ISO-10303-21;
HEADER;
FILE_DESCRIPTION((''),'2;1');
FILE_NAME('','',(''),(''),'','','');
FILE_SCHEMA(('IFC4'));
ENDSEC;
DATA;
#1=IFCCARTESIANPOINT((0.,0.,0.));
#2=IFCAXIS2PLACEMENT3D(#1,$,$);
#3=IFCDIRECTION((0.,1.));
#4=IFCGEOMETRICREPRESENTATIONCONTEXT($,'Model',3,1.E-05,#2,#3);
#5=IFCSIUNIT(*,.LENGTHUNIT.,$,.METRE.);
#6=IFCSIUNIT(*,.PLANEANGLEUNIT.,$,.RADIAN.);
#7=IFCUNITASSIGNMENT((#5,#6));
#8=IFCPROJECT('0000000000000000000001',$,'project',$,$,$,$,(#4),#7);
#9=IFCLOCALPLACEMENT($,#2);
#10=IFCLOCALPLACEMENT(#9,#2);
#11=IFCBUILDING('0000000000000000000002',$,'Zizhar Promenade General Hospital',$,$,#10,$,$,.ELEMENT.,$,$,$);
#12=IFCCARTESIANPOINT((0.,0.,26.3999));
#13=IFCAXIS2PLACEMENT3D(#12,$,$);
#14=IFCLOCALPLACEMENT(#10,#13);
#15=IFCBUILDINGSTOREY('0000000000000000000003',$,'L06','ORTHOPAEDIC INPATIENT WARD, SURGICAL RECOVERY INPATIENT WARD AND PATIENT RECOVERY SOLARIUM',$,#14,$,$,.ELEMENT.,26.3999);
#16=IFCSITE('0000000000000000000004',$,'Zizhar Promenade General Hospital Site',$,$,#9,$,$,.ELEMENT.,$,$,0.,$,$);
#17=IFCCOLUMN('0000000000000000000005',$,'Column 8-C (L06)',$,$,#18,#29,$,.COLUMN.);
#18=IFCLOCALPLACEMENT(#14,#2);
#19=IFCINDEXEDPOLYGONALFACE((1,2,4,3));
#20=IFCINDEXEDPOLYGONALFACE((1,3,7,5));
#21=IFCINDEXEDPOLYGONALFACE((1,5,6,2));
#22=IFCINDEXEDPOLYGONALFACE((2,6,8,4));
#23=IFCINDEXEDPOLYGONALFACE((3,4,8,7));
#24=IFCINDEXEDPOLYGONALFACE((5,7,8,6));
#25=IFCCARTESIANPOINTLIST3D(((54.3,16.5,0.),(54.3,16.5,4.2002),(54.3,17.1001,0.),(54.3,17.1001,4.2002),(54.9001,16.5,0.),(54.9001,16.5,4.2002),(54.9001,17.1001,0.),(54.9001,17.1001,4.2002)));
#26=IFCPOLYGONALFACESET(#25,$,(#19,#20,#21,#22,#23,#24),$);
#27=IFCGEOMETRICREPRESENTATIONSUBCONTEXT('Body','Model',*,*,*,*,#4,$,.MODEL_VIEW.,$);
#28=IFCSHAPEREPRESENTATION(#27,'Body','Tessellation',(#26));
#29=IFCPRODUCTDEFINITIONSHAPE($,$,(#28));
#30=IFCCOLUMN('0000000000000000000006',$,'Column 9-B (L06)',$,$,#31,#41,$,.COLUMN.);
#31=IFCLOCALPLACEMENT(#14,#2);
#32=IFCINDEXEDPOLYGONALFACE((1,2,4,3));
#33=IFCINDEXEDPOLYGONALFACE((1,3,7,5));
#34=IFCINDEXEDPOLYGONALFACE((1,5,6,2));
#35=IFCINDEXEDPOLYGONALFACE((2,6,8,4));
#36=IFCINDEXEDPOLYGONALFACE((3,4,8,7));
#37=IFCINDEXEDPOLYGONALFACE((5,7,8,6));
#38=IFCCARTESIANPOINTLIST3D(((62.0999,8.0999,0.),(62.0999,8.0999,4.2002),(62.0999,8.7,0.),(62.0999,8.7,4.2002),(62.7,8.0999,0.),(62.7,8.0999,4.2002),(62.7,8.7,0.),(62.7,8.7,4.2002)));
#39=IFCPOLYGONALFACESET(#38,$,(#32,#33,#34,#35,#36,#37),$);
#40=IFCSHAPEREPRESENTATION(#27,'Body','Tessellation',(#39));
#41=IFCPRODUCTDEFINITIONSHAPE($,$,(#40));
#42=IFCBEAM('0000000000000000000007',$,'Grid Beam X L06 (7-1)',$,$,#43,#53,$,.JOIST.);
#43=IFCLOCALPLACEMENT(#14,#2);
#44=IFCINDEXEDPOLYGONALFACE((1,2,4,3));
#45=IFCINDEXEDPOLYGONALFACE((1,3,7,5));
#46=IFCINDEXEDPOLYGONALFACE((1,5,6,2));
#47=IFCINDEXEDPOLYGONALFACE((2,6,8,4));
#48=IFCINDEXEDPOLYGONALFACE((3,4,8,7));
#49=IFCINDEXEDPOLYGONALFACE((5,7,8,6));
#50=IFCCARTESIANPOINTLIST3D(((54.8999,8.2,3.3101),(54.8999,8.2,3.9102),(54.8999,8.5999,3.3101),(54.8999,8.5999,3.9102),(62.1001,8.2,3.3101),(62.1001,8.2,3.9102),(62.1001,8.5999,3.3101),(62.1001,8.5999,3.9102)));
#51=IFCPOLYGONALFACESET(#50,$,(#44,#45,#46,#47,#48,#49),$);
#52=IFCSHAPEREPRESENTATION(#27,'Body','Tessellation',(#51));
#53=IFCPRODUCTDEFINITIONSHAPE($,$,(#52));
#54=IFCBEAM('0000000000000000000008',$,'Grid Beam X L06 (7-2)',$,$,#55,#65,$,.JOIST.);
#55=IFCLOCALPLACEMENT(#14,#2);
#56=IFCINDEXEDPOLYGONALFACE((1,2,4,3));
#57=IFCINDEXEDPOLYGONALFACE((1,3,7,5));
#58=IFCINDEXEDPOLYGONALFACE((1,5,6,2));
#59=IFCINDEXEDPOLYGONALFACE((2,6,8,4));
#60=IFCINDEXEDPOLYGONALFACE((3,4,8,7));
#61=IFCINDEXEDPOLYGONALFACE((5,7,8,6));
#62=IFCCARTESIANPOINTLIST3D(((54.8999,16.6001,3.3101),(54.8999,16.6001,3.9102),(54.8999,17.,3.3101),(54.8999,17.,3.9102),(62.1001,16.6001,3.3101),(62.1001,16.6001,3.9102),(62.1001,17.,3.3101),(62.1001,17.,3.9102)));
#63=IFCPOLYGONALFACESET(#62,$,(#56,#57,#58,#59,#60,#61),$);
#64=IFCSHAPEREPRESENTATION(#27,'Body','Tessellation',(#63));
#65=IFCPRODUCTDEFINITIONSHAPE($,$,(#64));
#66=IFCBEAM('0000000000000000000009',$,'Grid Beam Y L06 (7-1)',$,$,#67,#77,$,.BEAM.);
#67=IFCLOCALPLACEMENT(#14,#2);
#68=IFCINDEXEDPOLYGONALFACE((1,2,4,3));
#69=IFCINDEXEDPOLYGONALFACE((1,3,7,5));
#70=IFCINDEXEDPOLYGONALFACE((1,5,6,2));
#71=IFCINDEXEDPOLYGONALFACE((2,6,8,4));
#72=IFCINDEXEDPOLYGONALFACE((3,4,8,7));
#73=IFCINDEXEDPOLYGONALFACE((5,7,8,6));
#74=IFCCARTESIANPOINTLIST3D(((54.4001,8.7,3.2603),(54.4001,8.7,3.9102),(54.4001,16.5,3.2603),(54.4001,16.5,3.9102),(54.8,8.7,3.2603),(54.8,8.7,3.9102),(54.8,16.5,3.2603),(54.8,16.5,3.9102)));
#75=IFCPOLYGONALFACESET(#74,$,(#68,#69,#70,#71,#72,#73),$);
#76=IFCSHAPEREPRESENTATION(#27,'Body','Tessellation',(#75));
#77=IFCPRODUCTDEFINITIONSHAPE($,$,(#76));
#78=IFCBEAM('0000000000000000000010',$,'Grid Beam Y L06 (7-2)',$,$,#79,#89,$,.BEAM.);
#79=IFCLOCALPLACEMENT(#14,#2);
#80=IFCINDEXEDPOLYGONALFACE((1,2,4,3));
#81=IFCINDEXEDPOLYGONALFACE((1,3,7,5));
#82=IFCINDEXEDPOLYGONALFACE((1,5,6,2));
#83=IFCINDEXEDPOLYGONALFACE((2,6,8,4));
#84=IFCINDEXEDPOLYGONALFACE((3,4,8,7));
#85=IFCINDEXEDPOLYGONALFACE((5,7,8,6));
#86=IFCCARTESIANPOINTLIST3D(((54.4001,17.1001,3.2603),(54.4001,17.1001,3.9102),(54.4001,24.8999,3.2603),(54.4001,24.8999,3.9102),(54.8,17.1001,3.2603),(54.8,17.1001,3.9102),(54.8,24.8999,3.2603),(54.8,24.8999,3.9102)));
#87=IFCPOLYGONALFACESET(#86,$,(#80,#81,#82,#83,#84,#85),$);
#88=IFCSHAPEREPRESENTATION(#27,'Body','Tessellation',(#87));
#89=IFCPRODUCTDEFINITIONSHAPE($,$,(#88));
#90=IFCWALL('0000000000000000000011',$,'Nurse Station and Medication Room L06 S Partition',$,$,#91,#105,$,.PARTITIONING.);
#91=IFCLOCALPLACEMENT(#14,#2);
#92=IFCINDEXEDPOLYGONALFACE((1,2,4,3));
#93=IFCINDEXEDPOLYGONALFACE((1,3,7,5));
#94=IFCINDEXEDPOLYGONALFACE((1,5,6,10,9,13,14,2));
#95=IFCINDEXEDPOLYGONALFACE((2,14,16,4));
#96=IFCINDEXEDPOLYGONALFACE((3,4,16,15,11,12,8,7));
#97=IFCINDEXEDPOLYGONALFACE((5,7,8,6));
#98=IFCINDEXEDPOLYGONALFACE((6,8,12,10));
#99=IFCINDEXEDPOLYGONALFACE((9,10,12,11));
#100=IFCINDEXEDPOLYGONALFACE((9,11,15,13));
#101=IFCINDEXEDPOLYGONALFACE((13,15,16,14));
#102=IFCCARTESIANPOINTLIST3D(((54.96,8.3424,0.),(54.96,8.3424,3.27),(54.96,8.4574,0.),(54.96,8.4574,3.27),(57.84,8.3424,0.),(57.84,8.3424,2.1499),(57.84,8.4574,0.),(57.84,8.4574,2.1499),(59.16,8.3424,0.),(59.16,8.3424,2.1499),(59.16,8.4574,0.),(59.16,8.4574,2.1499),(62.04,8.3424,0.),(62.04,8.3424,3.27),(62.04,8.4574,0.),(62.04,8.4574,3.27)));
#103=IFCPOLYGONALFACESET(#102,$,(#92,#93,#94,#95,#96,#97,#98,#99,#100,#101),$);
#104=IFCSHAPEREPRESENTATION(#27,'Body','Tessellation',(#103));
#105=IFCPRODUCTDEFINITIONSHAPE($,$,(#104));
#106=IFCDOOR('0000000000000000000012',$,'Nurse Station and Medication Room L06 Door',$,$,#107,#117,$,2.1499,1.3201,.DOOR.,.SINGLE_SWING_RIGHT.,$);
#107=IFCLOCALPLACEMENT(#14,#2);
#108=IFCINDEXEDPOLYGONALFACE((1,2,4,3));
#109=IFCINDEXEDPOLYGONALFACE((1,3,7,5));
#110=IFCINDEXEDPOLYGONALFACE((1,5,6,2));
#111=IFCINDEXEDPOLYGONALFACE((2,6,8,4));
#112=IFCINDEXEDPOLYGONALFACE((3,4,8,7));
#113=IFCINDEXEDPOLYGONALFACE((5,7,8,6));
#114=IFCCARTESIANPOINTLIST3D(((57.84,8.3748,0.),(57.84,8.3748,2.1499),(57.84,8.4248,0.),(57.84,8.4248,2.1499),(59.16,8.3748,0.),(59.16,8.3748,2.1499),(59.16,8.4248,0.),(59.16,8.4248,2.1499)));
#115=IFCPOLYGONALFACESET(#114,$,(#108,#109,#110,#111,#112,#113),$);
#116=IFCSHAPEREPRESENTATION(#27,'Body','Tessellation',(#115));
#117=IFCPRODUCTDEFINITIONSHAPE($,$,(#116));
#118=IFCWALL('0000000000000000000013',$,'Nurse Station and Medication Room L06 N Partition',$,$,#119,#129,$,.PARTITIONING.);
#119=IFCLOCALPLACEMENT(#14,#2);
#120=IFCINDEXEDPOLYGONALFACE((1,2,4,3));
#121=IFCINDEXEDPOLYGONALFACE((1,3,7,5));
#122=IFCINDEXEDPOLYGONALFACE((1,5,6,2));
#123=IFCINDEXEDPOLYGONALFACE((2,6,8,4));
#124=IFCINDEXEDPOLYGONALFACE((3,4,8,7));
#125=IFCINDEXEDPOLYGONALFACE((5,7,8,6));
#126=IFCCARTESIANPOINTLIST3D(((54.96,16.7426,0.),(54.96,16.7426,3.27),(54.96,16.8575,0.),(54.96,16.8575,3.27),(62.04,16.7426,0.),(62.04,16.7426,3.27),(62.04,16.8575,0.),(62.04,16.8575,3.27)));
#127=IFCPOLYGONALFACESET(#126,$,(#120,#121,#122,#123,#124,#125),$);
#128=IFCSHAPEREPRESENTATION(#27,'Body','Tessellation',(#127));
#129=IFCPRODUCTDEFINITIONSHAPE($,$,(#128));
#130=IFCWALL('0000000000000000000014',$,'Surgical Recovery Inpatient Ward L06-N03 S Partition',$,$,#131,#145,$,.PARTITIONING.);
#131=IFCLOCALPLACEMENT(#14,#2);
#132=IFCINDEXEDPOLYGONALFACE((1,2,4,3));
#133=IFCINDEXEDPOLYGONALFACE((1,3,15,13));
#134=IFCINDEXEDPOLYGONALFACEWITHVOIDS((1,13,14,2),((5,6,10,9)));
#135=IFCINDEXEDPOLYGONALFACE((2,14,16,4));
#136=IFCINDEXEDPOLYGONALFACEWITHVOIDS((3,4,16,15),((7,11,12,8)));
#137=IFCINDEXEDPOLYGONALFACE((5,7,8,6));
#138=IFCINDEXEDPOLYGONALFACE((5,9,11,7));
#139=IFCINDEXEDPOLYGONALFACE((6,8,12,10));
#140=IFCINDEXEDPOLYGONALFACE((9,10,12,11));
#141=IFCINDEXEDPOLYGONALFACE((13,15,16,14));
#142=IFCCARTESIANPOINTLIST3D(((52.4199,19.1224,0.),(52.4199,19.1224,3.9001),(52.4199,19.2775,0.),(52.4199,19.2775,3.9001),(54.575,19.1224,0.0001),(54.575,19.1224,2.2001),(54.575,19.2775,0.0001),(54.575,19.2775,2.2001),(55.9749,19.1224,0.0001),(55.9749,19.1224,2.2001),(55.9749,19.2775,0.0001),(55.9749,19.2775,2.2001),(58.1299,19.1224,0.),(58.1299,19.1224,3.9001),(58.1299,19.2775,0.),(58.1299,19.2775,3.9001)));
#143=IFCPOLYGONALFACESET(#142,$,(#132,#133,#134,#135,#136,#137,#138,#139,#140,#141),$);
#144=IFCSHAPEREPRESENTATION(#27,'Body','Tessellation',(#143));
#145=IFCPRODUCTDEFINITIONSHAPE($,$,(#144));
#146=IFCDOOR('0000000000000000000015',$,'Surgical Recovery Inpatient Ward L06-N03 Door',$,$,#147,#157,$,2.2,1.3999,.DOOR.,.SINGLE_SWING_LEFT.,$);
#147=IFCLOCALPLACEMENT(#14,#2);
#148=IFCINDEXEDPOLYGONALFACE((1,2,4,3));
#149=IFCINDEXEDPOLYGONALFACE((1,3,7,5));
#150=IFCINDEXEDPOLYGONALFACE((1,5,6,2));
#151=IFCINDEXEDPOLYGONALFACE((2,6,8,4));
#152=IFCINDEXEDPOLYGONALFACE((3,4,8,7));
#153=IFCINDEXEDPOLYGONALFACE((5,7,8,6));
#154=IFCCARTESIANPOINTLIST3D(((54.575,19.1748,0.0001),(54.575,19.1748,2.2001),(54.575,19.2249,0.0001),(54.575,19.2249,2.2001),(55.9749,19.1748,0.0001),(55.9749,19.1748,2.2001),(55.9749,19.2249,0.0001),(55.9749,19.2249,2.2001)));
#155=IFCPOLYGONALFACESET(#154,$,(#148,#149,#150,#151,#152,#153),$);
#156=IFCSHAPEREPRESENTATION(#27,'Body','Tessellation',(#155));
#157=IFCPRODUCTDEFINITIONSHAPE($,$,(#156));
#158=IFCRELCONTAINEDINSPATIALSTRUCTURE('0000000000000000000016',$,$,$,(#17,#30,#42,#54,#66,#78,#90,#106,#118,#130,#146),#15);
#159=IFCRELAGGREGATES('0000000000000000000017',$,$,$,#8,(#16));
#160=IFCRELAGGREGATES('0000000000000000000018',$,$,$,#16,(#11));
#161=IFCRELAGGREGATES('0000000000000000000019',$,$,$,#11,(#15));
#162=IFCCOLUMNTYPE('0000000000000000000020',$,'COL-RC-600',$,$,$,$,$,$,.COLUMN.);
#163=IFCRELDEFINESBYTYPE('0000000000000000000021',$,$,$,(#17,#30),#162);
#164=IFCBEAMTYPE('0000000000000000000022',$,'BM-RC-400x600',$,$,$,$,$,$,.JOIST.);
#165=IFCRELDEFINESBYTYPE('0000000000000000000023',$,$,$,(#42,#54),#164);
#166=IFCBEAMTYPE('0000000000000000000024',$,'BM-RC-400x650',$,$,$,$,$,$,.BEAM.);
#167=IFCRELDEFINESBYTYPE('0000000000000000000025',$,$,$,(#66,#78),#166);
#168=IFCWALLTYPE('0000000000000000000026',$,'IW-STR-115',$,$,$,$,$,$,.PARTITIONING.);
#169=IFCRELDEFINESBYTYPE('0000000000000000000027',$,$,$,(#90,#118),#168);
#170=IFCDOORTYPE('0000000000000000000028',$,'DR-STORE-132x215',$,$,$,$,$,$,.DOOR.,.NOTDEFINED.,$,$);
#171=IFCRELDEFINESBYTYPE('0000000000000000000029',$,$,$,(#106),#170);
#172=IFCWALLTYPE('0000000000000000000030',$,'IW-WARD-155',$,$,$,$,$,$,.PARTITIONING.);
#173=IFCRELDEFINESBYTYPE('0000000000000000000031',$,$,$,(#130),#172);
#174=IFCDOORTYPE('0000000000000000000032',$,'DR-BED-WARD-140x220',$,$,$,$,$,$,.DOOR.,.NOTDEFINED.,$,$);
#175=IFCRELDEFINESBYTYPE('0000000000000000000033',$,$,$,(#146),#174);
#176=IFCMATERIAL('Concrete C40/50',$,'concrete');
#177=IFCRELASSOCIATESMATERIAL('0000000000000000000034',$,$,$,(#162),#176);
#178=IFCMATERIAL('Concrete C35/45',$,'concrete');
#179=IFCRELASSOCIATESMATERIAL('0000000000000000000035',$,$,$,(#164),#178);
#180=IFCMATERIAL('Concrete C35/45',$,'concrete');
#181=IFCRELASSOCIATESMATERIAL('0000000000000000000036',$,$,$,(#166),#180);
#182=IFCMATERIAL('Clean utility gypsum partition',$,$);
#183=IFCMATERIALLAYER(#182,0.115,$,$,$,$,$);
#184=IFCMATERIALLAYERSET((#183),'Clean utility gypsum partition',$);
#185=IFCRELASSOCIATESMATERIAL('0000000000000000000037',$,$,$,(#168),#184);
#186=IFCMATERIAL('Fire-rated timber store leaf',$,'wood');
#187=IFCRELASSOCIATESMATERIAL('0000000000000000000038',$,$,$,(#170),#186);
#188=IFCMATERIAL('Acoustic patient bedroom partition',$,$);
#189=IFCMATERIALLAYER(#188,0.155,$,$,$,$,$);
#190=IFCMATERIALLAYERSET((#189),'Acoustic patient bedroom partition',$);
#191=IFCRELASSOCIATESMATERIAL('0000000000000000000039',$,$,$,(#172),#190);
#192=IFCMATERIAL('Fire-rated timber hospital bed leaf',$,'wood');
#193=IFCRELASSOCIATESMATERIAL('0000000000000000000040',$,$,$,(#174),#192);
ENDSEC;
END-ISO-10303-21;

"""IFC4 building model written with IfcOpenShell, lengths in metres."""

from ifc_helpers import new_model, si_unit, direction, frame, frame_2d, origin, origin_2d, place, context, subcontext, project, spatial, rectangle, extrude, material, layer, layer_set, material_profile, profile_set, type_object, element, fill, save


model = new_model("IFC4")

# Units and contexts
model_context = context("Model", 3, precision=1e-05, world=origin(), true_north=direction((0.0, 1.0)))
body_context = subcontext(model_context, "Body", "Model", "MODEL_VIEW")
ifc_project = project(units=[si_unit("LENGTHUNIT", "METRE"), si_unit("PLANEANGLEUNIT", "RADIAN")], contexts=[model_context])

# Site, building, storey
site_placement = place(None, origin())
site = spatial("IfcSite", under=ifc_project, at=site_placement, Name="Zizhar Promenade General Hospital Site", CompositionType="ELEMENT", RefElevation=0.0)
building_placement = place(site_placement, origin())
building = spatial("IfcBuilding", under=site, at=building_placement, Name="Zizhar Promenade General Hospital", CompositionType="ELEMENT")
storey_placement = place(building_placement, frame((0.0, 0.0, 26.3999)))
storey = spatial("IfcBuildingStorey", under=building, at=storey_placement, Name="L06", Description="ORTHOPAEDIC INPATIENT WARD, SURGICAL RECOVERY INPATIENT WARD AND PATIENT RECOVERY SOLARIUM", CompositionType="ELEMENT", Elevation=26.3999)

# Columns
ifc_material_1 = material(Name="Concrete C40/50", Category="concrete")
ifc_material_profile_1 = material_profile(ifc_material_1, rectangle(XDim=0.6001, YDim=0.6001, at=origin_2d()))
ifc_profile_set_1 = profile_set([ifc_material_profile_1], Name="Concrete C40/50")
column_type = type_object("IfcColumnType", Name="COL-RC-600", PredefinedType="COLUMN", material=ifc_profile_set_1)
for number, where, z_axis, x_axis, name in (
    (1, (54.6001, 16.8, 0.0), (0.0, 0.0, 1.0), (1.0, 0.0, 0.0), "Column 8-C (L06)"),
    (2, (62.3999, 8.3999, 0.0), (0.0, 0.0, 1.0), (1.0, 0.0, 0.0), "Column 9-B (L06)"),
):
    element("IfcColumn", number, at=place(storey_placement, frame(where, z_axis=z_axis, x_axis=x_axis)), inside=storey, type_object=column_type, Name=name, PredefinedType="COLUMN", context=body_context, shape_type="SweptSolid", body=[
        extrude(rectangle(XDim=0.6001, YDim=0.6001, at=origin_2d()), origin(), (0.0, 0.0, 1.0), 4.2002),
    ])

# Beams
ifc_material_2 = material(Name="Concrete C35/45", Category="concrete")
ifc_material_profile_2 = material_profile(ifc_material_2, rectangle(XDim=0.3999, YDim=0.6001, at=origin_2d()))
ifc_profile_set_2 = profile_set([ifc_material_profile_2], Name="Concrete C35/45")
beam_type_1 = type_object("IfcBeamType", Name="BM-RC-400x600", PredefinedType="JOIST", material=ifc_profile_set_2)
for number, where, z_axis, x_axis, name in (
    (3, (54.8999, 8.3999, 3.6101), (1.0, 0.0, 0.0), (0.0, 1.0, 0.0), "Grid Beam X L06 (7-1)"),
    (4, (54.8999, 16.8, 3.6101), (1.0, 0.0, 0.0), (0.0, 1.0, 0.0), "Grid Beam X L06 (7-2)"),
):
    element("IfcBeam", number, at=place(storey_placement, frame(where, z_axis=z_axis, x_axis=x_axis)), inside=storey, type_object=beam_type_1, Name=name, PredefinedType="JOIST", context=body_context, shape_type="SweptSolid", body=[
        extrude(rectangle(XDim=0.3999, YDim=0.6001, at=origin_2d()), origin(), (0.0, 0.0, 1.0), 7.2002),
    ])
ifc_material_3 = material(Name="Concrete C35/45", Category="concrete")
ifc_material_profile_3 = material_profile(ifc_material_3, rectangle(XDim=0.3999, YDim=0.6499, at=origin_2d()))
ifc_profile_set_3 = profile_set([ifc_material_profile_3], Name="Concrete C35/45")
beam_type_2 = type_object("IfcBeamType", Name="BM-RC-400x650", PredefinedType="BEAM", material=ifc_profile_set_3)
beam_1_placement = place(storey_placement, frame((54.6001, 8.7, 3.5852), z_axis=(0.0, 1.0, 0.0), x_axis=(-1.0, 0.0, 0.0)))
element("IfcBeam", 5, at=beam_1_placement, inside=storey, type_object=beam_type_2, Name="Grid Beam Y L06 (7-1)", PredefinedType="BEAM", context=body_context, shape_type="SweptSolid", body=[
    extrude(rectangle(XDim=0.3999, YDim=0.6499, at=origin_2d()), origin(), (0.0, 0.0, 1.0), 7.8),
])
beam_2_placement = place(storey_placement, frame((54.6001, 17.1001, 3.5852), z_axis=(0.0, 1.0, 0.0), x_axis=(-1.0, 0.0, 0.0)))
element("IfcBeam", 6, at=beam_2_placement, inside=storey, type_object=beam_type_2, Name="Grid Beam Y L06 (7-2)", PredefinedType="BEAM", context=body_context, shape_type="SweptSolid", body=[
    extrude(rectangle(XDim=0.3999, YDim=0.6499, at=origin_2d()), origin(), (0.0, 0.0, 1.0), 7.7998),
])

# Wall, opening, door
ifc_material_4 = material(Name="Clean utility gypsum partition")
ifc_layer_1 = layer(ifc_material_4, 0.115)
ifc_layer_set_1 = layer_set([ifc_layer_1], Name="Clean utility gypsum partition")
wall_type_1 = type_object("IfcWallType", Name="IW-STR-115", PredefinedType="PARTITIONING", material=ifc_layer_set_1)
wall_1_placement = place(storey_placement, frame((54.96, 8.3999, 0.0), z_axis=(0.0, 0.0, 1.0), x_axis=(1.0, 0.0, 0.0)))
wall_1 = element("IfcWall", 7, at=wall_1_placement, inside=storey, type_object=wall_type_1, Name="Nurse Station and Medication Room L06 S Partition", PredefinedType="PARTITIONING", context=body_context, shape_type="SweptSolid", body=[
    extrude(rectangle(XDim=7.0801, YDim=0.115, at=frame_2d((3.54, 0.0))), origin(), (0.0, 0.0, 1.0), 3.27),
])
opening_1_placement = place(wall_1_placement, frame((2.8799, 0.0, 0.0)))
opening_1 = element("IfcOpeningElement", 8, at=opening_1_placement, cuts=wall_1, PredefinedType="OPENING", context=body_context, shape_type="SweptSolid", body=[
    extrude(rectangle(XDim=1.3201, YDim=2.1499, at=frame_2d((0.6602, 1.075))), frame((0.0, 0.0674, 0.0), z_axis=(0.0, -1.0, 0.0), x_axis=(1.0, 0.0, 0.0)), (0.0, 0.0, 1.0), 0.135),
])
ifc_material_5 = material(Name="Fire-rated timber store leaf", Category="wood")
door_type_1 = type_object("IfcDoorType", Name="DR-STORE-132x215", OperationType="NOTDEFINED", PredefinedType="DOOR", material=ifc_material_5)
door_1_placement = place(opening_1_placement, origin())
door_1 = element("IfcDoor", 9, at=door_1_placement, inside=storey, type_object=door_type_1, Name="Nurse Station and Medication Room L06 Door", OperationType="SINGLE_SWING_RIGHT", OverallHeight=2.1499, OverallWidth=1.3201, PredefinedType="DOOR", context=body_context, shape_type="SweptSolid", body=[
    extrude(rectangle(XDim=1.3201, YDim=2.1499, at=frame_2d((0.6602, 1.075))), frame((0.0, 0.0249, 0.0), z_axis=(0.0, -1.0, 0.0), x_axis=(1.0, 0.0, 0.0)), (0.0, 0.0, 1.0), 0.05),
])
fill(opening_1, door_1)

# Wall
wall_2_placement = place(storey_placement, frame((54.96, 16.8, 0.0), z_axis=(0.0, 0.0, 1.0), x_axis=(1.0, 0.0, 0.0)))
element("IfcWall", 10, at=wall_2_placement, inside=storey, type_object=wall_type_1, Name="Nurse Station and Medication Room L06 N Partition", PredefinedType="PARTITIONING", context=body_context, shape_type="SweptSolid", body=[
    extrude(rectangle(XDim=7.0801, YDim=0.115, at=frame_2d((3.54, 0.0))), origin(), (0.0, 0.0, 1.0), 3.27),
])

# Wall, opening, door
ifc_material_6 = material(Name="Acoustic patient bedroom partition")
ifc_layer_2 = layer(ifc_material_6, 0.155)
ifc_layer_set_2 = layer_set([ifc_layer_2], Name="Acoustic patient bedroom partition")
wall_type_2 = type_object("IfcWallType", Name="IW-WARD-155", PredefinedType="PARTITIONING", material=ifc_layer_set_2)
wall_3_placement = place(storey_placement, frame((52.4199, 19.2, 0.0), z_axis=(0.0, 0.0, 1.0), x_axis=(1.0, 0.0, 0.0)))
wall_3 = element("IfcWall", 11, at=wall_3_placement, inside=storey, type_object=wall_type_2, Name="Surgical Recovery Inpatient Ward L06-N03 S Partition", PredefinedType="PARTITIONING", context=body_context, shape_type="SweptSolid", body=[
    extrude(rectangle(XDim=5.71, YDim=0.155, at=frame_2d((2.855, 0.0))), origin(), (0.0, 0.0, 1.0), 3.9001),
])
opening_2_placement = place(wall_3_placement, frame((2.155, 0.0, 0.0)))
opening_2 = element("IfcOpeningElement", 12, at=opening_2_placement, cuts=wall_3, PredefinedType="OPENING", context=body_context, shape_type="SweptSolid", body=[
    extrude(rectangle(XDim=1.3999, YDim=2.2, at=frame_2d((0.7, 1.1001))), frame((0.0, 0.0874, 0.0), z_axis=(0.0, -1.0, 0.0), x_axis=(1.0, 0.0, 0.0)), (0.0, 0.0, 1.0), 0.175),
])
ifc_material_7 = material(Name="Fire-rated timber hospital bed leaf", Category="wood")
door_type_2 = type_object("IfcDoorType", Name="DR-BED-WARD-140x220", OperationType="NOTDEFINED", PredefinedType="DOOR", material=ifc_material_7)
door_2_placement = place(opening_2_placement, origin())
door_2 = element("IfcDoor", 13, at=door_2_placement, inside=storey, type_object=door_type_2, Name="Surgical Recovery Inpatient Ward L06-N03 Door", OperationType="SINGLE_SWING_LEFT", OverallHeight=2.2, OverallWidth=1.3999, PredefinedType="DOOR", context=body_context, shape_type="SweptSolid", body=[
    extrude(rectangle(XDim=1.3999, YDim=2.2, at=frame_2d((0.7, 1.1001))), frame((0.0, 0.0249, 0.0), z_axis=(0.0, -1.0, 0.0), x_axis=(1.0, 0.0, 0.0)), (0.0, 0.0, 1.0), 0.05),
])
fill(opening_2, door_2)

save(model, "model.ifc")
